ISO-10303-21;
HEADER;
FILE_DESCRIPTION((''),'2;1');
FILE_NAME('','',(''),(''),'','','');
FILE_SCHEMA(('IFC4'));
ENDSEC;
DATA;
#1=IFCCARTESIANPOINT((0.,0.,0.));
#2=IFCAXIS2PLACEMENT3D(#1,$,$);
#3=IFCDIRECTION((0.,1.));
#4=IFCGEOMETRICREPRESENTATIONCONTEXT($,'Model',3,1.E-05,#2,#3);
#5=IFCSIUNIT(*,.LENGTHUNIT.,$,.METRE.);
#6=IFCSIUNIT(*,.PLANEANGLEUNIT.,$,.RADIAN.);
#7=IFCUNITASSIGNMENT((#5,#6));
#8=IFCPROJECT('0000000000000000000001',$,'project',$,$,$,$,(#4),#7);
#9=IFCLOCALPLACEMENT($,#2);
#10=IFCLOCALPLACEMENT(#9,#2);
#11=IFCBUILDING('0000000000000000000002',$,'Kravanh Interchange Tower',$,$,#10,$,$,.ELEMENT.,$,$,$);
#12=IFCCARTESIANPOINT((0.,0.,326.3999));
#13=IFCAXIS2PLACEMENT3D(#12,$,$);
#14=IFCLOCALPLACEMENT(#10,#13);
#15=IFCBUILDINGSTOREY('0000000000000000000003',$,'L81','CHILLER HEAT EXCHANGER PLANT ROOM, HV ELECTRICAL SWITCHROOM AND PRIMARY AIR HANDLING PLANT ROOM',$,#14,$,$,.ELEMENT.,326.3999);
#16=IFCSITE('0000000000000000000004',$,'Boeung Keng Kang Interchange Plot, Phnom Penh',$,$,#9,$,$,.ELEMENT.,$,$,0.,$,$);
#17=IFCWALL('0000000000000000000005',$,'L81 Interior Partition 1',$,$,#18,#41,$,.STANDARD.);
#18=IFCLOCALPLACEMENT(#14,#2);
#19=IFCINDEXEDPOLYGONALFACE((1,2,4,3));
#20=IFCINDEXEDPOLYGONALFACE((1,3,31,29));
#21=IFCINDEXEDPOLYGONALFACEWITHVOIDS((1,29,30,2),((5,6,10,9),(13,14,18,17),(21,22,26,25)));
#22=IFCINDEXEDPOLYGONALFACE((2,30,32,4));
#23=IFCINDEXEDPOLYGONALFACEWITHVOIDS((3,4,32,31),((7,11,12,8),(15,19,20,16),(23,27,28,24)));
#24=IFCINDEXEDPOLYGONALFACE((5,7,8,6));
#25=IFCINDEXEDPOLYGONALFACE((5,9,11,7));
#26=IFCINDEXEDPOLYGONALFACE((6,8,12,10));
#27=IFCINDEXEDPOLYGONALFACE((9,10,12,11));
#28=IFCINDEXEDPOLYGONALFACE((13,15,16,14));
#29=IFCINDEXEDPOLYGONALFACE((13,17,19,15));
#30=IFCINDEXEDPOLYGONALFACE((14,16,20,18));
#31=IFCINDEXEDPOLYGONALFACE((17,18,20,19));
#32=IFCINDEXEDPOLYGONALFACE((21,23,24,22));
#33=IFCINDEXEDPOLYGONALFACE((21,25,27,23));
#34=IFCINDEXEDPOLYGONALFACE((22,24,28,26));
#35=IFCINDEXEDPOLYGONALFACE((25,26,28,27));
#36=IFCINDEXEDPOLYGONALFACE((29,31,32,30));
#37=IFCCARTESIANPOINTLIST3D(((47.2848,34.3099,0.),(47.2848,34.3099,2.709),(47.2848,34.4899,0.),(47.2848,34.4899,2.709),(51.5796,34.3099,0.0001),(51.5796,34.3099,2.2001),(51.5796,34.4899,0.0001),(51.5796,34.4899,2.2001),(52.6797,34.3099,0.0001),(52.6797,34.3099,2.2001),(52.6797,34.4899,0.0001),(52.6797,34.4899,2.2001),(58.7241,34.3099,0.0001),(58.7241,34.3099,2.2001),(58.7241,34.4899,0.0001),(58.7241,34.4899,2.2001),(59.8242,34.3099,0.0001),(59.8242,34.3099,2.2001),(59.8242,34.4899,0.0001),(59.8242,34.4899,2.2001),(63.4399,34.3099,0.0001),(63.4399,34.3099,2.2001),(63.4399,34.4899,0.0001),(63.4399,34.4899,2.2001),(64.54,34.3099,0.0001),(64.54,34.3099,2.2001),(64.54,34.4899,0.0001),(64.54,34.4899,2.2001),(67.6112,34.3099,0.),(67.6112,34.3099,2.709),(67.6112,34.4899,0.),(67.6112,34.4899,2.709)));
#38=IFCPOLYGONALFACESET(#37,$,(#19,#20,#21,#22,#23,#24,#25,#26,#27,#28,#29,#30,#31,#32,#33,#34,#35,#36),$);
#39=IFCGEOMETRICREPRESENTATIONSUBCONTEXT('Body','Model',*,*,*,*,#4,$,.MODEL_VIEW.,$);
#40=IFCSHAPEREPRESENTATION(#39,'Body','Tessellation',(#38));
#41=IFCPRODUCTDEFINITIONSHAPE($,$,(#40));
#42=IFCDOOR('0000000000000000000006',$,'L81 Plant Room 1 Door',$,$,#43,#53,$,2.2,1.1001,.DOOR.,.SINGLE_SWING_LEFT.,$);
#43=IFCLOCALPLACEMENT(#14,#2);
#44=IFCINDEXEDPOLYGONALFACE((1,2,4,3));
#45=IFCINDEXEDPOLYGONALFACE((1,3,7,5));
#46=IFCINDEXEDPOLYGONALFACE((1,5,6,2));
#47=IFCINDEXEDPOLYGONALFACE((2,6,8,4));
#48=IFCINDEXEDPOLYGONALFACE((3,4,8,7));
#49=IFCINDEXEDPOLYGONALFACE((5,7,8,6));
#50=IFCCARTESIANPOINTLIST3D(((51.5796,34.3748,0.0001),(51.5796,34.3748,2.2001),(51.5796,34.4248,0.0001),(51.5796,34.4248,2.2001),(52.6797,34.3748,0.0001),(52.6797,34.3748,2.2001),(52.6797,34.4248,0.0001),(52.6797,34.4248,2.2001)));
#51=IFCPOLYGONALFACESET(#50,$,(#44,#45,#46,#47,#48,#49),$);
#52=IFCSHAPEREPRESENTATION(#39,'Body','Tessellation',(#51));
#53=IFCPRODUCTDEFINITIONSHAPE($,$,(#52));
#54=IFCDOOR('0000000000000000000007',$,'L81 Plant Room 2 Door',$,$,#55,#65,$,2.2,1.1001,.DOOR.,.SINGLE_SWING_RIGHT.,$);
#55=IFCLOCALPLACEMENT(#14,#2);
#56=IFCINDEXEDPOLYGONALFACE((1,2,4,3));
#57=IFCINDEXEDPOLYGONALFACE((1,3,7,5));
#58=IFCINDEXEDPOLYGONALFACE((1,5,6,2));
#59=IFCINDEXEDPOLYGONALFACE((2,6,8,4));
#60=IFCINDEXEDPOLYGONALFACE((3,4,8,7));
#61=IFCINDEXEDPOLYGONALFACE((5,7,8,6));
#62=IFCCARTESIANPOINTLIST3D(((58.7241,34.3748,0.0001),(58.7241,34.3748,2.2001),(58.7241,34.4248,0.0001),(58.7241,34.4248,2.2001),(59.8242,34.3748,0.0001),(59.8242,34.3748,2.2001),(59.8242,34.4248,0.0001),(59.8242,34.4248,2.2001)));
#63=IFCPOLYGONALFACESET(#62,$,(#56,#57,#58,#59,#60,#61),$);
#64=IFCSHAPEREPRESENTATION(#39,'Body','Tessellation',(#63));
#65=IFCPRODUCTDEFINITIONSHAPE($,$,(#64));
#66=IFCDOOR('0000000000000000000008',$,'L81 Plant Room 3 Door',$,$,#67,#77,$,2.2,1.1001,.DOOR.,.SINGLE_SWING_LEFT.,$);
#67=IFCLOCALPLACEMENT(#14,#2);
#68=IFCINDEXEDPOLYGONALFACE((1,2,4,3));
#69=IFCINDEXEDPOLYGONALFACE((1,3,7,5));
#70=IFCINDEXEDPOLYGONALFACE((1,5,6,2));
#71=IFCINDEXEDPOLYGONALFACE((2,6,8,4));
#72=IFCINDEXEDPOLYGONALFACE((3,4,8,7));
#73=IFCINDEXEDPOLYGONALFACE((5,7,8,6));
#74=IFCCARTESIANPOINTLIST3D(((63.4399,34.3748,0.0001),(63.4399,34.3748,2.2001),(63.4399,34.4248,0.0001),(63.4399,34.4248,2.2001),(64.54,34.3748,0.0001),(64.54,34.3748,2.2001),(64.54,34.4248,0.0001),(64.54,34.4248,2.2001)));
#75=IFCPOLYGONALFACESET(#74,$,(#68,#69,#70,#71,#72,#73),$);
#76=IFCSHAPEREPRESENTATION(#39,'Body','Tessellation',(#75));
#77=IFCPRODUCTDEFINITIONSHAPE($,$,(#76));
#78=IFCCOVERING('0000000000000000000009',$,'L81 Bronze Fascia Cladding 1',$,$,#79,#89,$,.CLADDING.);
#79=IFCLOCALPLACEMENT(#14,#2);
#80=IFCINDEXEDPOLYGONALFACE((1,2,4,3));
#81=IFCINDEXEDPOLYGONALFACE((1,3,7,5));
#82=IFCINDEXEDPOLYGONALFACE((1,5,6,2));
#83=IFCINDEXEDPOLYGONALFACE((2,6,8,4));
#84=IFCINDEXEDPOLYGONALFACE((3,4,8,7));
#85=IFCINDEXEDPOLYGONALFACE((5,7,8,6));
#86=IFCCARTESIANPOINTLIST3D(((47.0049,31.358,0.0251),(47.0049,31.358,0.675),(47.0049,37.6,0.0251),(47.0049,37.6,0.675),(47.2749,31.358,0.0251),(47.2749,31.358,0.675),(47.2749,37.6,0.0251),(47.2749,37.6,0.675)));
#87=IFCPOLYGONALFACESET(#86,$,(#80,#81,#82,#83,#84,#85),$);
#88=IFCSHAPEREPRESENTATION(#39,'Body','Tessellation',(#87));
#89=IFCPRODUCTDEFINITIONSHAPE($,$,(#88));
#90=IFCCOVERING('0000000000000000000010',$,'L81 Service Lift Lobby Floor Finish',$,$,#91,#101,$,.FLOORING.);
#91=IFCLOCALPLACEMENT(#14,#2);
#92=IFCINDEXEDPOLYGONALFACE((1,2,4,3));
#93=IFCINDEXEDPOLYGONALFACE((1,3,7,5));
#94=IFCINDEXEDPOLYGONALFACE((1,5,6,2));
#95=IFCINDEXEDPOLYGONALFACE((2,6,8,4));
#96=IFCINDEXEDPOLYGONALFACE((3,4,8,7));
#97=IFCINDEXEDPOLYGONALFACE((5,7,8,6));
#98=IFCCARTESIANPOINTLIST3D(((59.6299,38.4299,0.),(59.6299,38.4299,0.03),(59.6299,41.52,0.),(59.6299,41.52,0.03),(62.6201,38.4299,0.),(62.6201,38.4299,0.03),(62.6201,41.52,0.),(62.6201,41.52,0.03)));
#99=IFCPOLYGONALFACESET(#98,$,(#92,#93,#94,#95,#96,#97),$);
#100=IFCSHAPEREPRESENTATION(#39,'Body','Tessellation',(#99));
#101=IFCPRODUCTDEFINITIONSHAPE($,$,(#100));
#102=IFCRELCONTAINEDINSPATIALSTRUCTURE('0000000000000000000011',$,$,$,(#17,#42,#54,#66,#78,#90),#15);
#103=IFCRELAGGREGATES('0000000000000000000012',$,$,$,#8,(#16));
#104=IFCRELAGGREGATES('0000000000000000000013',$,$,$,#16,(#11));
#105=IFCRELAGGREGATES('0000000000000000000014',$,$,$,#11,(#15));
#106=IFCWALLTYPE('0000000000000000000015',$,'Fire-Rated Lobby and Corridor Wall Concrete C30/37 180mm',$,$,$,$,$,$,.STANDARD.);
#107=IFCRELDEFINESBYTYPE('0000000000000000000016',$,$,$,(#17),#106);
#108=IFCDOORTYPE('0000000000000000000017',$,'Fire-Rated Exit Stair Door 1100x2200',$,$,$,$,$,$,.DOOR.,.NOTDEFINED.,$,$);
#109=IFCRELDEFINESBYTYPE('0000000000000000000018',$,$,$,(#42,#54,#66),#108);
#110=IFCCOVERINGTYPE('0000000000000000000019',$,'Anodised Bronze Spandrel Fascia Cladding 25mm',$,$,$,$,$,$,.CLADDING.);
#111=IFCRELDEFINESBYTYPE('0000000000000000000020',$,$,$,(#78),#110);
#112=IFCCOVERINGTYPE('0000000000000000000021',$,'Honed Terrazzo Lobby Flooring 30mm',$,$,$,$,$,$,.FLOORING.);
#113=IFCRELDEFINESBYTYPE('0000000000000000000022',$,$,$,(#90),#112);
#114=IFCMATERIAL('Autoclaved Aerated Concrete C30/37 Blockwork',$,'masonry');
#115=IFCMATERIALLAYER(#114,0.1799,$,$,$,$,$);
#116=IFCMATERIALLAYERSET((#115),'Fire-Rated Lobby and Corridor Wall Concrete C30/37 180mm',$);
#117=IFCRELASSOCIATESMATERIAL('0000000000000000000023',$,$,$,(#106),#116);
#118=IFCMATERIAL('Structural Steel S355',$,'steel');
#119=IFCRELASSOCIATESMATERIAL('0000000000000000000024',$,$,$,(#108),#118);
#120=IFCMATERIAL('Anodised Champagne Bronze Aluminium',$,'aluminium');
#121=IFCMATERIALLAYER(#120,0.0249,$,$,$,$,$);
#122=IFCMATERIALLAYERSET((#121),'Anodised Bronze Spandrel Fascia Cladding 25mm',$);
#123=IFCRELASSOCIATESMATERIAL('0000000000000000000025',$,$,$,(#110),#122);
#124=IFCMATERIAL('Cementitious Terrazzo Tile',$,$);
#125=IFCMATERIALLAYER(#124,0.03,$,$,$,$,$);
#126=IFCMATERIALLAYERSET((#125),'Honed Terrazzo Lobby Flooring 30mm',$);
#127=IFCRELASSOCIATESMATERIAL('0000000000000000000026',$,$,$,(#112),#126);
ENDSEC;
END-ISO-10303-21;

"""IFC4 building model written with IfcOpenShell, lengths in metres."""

from ifc_helpers import new_model, si_unit, direction, frame, frame_2d, origin, origin_2d, place, context, subcontext, project, spatial, polyline, rectangle, outline, extrude, material, layer, layer_set, type_object, element, fill, save


model = new_model("IFC4")

# Units and contexts
model_context = context("Model", 3, precision=1e-05, world=origin(), true_north=direction((0.0, 1.0)))
body_context = subcontext(model_context, "Body", "Model", "MODEL_VIEW")
ifc_project = project(units=[si_unit("LENGTHUNIT", "METRE"), si_unit("PLANEANGLEUNIT", "RADIAN")], contexts=[model_context])

# Site, building, storey
site_placement = place(None, origin())
site = spatial("IfcSite", under=ifc_project, at=site_placement, Name="Boeung Keng Kang Interchange Plot, Phnom Penh", CompositionType="ELEMENT", RefElevation=0.0)
building_placement = place(site_placement, origin())
building = spatial("IfcBuilding", under=site, at=building_placement, Name="Kravanh Interchange Tower", CompositionType="ELEMENT")
storey_placement = place(building_placement, frame((0.0, 0.0, 326.3999)))
storey = spatial("IfcBuildingStorey", under=building, at=storey_placement, Name="L81", Description="CHILLER HEAT EXCHANGER PLANT ROOM, HV ELECTRICAL SWITCHROOM AND PRIMARY AIR HANDLING PLANT ROOM", CompositionType="ELEMENT", Elevation=326.3999)

# Wall, openings, doors
ifc_material_1 = material(Name="Autoclaved Aerated Concrete C30/37 Blockwork", Category="masonry")
ifc_layer_1 = layer(ifc_material_1, 0.1799)
ifc_layer_set_1 = layer_set([ifc_layer_1], Name="Fire-Rated Lobby and Corridor Wall Concrete C30/37 180mm")
wall_type_1 = type_object("IfcWallType", Name="Fire-Rated Lobby and Corridor Wall Concrete C30/37 180mm", PredefinedType="STANDARD", material=ifc_layer_set_1)
wall_1_placement = place(storey_placement, frame((47.2849, 34.3999, 0.0), z_axis=(0.0, 0.0, 1.0), x_axis=(1.0, 0.0, 0.0)))
wall_1 = element("IfcWall", 1, at=wall_1_placement, inside=storey, type_object=wall_type_1, Name="L81 Interior Partition 1", PredefinedType="STANDARD", context=body_context, shape_type="SweptSolid", body=[
    extrude(rectangle(XDim=20.3264, YDim=0.1799, at=frame_2d((10.1631, 0.0))), origin(), (0.0, 0.0, 1.0), 2.709),
])
opening_1_placement = place(wall_1_placement, frame((4.2947, 0.0, 0.0)))
opening_1 = element("IfcOpeningElement", 2, at=opening_1_placement, cuts=wall_1, PredefinedType="OPENING", context=body_context, shape_type="SweptSolid", body=[
    extrude(rectangle(XDim=1.1001, YDim=2.2, at=frame_2d((0.55, 1.1001))), frame((0.0, 0.1001, 0.0), z_axis=(0.0, -1.0, 0.0), x_axis=(1.0, 0.0, 0.0)), (0.0, 0.0, 1.0), 0.2),
])
opening_2_placement = place(wall_1_placement, frame((11.4392, 0.0, 0.0)))
opening_2 = element("IfcOpeningElement", 3, at=opening_2_placement, cuts=wall_1, PredefinedType="OPENING", context=body_context, shape_type="SweptSolid", body=[
    extrude(rectangle(XDim=1.1001, YDim=2.2, at=frame_2d((0.55, 1.1001))), frame((0.0, 0.1001, 0.0), z_axis=(0.0, -1.0, 0.0), x_axis=(1.0, 0.0, 0.0)), (0.0, 0.0, 1.0), 0.2),
])
opening_3_placement = place(wall_1_placement, frame((16.155, 0.0, 0.0)))
opening_3 = element("IfcOpeningElement", 4, at=opening_3_placement, cuts=wall_1, PredefinedType="OPENING", context=body_context, shape_type="SweptSolid", body=[
    extrude(rectangle(XDim=1.1001, YDim=2.2, at=frame_2d((0.55, 1.1001))), frame((0.0, 0.1001, 0.0), z_axis=(0.0, -1.0, 0.0), x_axis=(1.0, 0.0, 0.0)), (0.0, 0.0, 1.0), 0.2),
])
ifc_material_2 = material(Name="Structural Steel S355", Category="steel")
door_type = type_object("IfcDoorType", Name="Fire-Rated Exit Stair Door 1100x2200", OperationType="NOTDEFINED", PredefinedType="DOOR", material=ifc_material_2)
door_1_placement = place(opening_1_placement, origin())
door_1 = element("IfcDoor", 5, at=door_1_placement, inside=storey, type_object=door_type, Name="L81 Plant Room 1 Door", OperationType="SINGLE_SWING_LEFT", OverallHeight=2.2, OverallWidth=1.1001, PredefinedType="DOOR", context=body_context, shape_type="SweptSolid", body=[
    extrude(rectangle(XDim=1.1001, YDim=2.2, at=frame_2d((0.55, 1.1001))), frame((0.0, 0.0249, 0.0), z_axis=(0.0, -1.0, 0.0), x_axis=(1.0, 0.0, 0.0)), (0.0, 0.0, 1.0), 0.05),
])
fill(opening_1, door_1)
door_2_placement = place(opening_2_placement, origin())
door_2 = element("IfcDoor", 6, at=door_2_placement, inside=storey, type_object=door_type, Name="L81 Plant Room 2 Door", OperationType="SINGLE_SWING_RIGHT", OverallHeight=2.2, OverallWidth=1.1001, PredefinedType="DOOR", context=body_context, shape_type="SweptSolid", body=[
    extrude(rectangle(XDim=1.1001, YDim=2.2, at=frame_2d((0.55, 1.1001))), frame((0.0, 0.0249, 0.0), z_axis=(0.0, -1.0, 0.0), x_axis=(1.0, 0.0, 0.0)), (0.0, 0.0, 1.0), 0.05),
])
fill(opening_2, door_2)
door_3_placement = place(opening_3_placement, origin())
door_3 = element("IfcDoor", 7, at=door_3_placement, inside=storey, type_object=door_type, Name="L81 Plant Room 3 Door", OperationType="SINGLE_SWING_LEFT", OverallHeight=2.2, OverallWidth=1.1001, PredefinedType="DOOR", context=body_context, shape_type="SweptSolid", body=[
    extrude(rectangle(XDim=1.1001, YDim=2.2, at=frame_2d((0.55, 1.1001))), frame((0.0, 0.0249, 0.0), z_axis=(0.0, -1.0, 0.0), x_axis=(1.0, 0.0, 0.0)), (0.0, 0.0, 1.0), 0.05),
])
fill(opening_3, door_3)

# Coverings
ifc_material_3 = material(Name="Anodised Champagne Bronze Aluminium", Category="aluminium")
ifc_layer_2 = layer(ifc_material_3, 0.0249)
ifc_layer_set_2 = layer_set([ifc_layer_2], Name="Anodised Bronze Spandrel Fascia Cladding 25mm")
covering_type_1 = type_object("IfcCoveringType", Name="Anodised Bronze Spandrel Fascia Cladding 25mm", PredefinedType="CLADDING", material=ifc_layer_set_2)
covering_1_placement = place(storey_placement, frame((47.1399, 34.479, 0.0251), z_axis=(0.0, 0.0, 1.0), x_axis=(0.0, 1.0, 0.0)))
element("IfcCovering", 8, at=covering_1_placement, inside=storey, type_object=covering_type_1, Name="L81 Bronze Fascia Cladding 1", PredefinedType="CLADDING", context=body_context, shape_type="SweptSolid", body=[
    extrude(rectangle(XDim=6.2419, YDim=0.27, at=origin_2d()), origin(), (0.0, 0.0, 1.0), 0.6499),
])
ifc_material_4 = material(Name="Cementitious Terrazzo Tile")
ifc_layer_3 = layer(ifc_material_4, 0.03)
ifc_layer_set_3 = layer_set([ifc_layer_3], Name="Honed Terrazzo Lobby Flooring 30mm")
covering_type_2 = type_object("IfcCoveringType", Name="Honed Terrazzo Lobby Flooring 30mm", PredefinedType="FLOORING", material=ifc_layer_set_3)
covering_2_placement = place(storey_placement, origin())
element("IfcCovering", 9, at=covering_2_placement, inside=storey, type_object=covering_type_2, Name="L81 Service Lift Lobby Floor Finish", PredefinedType="FLOORING", context=body_context, shape_type="SweptSolid", body=[
    extrude(outline(polyline([(59.6299, 41.52), (62.6201, 41.52), (62.6201, 38.4299), (59.6299, 38.4299), (59.6299, 41.52)])), origin(), (0.0, 0.0, 1.0), 0.03),
])

save(model, "model.ifc")
